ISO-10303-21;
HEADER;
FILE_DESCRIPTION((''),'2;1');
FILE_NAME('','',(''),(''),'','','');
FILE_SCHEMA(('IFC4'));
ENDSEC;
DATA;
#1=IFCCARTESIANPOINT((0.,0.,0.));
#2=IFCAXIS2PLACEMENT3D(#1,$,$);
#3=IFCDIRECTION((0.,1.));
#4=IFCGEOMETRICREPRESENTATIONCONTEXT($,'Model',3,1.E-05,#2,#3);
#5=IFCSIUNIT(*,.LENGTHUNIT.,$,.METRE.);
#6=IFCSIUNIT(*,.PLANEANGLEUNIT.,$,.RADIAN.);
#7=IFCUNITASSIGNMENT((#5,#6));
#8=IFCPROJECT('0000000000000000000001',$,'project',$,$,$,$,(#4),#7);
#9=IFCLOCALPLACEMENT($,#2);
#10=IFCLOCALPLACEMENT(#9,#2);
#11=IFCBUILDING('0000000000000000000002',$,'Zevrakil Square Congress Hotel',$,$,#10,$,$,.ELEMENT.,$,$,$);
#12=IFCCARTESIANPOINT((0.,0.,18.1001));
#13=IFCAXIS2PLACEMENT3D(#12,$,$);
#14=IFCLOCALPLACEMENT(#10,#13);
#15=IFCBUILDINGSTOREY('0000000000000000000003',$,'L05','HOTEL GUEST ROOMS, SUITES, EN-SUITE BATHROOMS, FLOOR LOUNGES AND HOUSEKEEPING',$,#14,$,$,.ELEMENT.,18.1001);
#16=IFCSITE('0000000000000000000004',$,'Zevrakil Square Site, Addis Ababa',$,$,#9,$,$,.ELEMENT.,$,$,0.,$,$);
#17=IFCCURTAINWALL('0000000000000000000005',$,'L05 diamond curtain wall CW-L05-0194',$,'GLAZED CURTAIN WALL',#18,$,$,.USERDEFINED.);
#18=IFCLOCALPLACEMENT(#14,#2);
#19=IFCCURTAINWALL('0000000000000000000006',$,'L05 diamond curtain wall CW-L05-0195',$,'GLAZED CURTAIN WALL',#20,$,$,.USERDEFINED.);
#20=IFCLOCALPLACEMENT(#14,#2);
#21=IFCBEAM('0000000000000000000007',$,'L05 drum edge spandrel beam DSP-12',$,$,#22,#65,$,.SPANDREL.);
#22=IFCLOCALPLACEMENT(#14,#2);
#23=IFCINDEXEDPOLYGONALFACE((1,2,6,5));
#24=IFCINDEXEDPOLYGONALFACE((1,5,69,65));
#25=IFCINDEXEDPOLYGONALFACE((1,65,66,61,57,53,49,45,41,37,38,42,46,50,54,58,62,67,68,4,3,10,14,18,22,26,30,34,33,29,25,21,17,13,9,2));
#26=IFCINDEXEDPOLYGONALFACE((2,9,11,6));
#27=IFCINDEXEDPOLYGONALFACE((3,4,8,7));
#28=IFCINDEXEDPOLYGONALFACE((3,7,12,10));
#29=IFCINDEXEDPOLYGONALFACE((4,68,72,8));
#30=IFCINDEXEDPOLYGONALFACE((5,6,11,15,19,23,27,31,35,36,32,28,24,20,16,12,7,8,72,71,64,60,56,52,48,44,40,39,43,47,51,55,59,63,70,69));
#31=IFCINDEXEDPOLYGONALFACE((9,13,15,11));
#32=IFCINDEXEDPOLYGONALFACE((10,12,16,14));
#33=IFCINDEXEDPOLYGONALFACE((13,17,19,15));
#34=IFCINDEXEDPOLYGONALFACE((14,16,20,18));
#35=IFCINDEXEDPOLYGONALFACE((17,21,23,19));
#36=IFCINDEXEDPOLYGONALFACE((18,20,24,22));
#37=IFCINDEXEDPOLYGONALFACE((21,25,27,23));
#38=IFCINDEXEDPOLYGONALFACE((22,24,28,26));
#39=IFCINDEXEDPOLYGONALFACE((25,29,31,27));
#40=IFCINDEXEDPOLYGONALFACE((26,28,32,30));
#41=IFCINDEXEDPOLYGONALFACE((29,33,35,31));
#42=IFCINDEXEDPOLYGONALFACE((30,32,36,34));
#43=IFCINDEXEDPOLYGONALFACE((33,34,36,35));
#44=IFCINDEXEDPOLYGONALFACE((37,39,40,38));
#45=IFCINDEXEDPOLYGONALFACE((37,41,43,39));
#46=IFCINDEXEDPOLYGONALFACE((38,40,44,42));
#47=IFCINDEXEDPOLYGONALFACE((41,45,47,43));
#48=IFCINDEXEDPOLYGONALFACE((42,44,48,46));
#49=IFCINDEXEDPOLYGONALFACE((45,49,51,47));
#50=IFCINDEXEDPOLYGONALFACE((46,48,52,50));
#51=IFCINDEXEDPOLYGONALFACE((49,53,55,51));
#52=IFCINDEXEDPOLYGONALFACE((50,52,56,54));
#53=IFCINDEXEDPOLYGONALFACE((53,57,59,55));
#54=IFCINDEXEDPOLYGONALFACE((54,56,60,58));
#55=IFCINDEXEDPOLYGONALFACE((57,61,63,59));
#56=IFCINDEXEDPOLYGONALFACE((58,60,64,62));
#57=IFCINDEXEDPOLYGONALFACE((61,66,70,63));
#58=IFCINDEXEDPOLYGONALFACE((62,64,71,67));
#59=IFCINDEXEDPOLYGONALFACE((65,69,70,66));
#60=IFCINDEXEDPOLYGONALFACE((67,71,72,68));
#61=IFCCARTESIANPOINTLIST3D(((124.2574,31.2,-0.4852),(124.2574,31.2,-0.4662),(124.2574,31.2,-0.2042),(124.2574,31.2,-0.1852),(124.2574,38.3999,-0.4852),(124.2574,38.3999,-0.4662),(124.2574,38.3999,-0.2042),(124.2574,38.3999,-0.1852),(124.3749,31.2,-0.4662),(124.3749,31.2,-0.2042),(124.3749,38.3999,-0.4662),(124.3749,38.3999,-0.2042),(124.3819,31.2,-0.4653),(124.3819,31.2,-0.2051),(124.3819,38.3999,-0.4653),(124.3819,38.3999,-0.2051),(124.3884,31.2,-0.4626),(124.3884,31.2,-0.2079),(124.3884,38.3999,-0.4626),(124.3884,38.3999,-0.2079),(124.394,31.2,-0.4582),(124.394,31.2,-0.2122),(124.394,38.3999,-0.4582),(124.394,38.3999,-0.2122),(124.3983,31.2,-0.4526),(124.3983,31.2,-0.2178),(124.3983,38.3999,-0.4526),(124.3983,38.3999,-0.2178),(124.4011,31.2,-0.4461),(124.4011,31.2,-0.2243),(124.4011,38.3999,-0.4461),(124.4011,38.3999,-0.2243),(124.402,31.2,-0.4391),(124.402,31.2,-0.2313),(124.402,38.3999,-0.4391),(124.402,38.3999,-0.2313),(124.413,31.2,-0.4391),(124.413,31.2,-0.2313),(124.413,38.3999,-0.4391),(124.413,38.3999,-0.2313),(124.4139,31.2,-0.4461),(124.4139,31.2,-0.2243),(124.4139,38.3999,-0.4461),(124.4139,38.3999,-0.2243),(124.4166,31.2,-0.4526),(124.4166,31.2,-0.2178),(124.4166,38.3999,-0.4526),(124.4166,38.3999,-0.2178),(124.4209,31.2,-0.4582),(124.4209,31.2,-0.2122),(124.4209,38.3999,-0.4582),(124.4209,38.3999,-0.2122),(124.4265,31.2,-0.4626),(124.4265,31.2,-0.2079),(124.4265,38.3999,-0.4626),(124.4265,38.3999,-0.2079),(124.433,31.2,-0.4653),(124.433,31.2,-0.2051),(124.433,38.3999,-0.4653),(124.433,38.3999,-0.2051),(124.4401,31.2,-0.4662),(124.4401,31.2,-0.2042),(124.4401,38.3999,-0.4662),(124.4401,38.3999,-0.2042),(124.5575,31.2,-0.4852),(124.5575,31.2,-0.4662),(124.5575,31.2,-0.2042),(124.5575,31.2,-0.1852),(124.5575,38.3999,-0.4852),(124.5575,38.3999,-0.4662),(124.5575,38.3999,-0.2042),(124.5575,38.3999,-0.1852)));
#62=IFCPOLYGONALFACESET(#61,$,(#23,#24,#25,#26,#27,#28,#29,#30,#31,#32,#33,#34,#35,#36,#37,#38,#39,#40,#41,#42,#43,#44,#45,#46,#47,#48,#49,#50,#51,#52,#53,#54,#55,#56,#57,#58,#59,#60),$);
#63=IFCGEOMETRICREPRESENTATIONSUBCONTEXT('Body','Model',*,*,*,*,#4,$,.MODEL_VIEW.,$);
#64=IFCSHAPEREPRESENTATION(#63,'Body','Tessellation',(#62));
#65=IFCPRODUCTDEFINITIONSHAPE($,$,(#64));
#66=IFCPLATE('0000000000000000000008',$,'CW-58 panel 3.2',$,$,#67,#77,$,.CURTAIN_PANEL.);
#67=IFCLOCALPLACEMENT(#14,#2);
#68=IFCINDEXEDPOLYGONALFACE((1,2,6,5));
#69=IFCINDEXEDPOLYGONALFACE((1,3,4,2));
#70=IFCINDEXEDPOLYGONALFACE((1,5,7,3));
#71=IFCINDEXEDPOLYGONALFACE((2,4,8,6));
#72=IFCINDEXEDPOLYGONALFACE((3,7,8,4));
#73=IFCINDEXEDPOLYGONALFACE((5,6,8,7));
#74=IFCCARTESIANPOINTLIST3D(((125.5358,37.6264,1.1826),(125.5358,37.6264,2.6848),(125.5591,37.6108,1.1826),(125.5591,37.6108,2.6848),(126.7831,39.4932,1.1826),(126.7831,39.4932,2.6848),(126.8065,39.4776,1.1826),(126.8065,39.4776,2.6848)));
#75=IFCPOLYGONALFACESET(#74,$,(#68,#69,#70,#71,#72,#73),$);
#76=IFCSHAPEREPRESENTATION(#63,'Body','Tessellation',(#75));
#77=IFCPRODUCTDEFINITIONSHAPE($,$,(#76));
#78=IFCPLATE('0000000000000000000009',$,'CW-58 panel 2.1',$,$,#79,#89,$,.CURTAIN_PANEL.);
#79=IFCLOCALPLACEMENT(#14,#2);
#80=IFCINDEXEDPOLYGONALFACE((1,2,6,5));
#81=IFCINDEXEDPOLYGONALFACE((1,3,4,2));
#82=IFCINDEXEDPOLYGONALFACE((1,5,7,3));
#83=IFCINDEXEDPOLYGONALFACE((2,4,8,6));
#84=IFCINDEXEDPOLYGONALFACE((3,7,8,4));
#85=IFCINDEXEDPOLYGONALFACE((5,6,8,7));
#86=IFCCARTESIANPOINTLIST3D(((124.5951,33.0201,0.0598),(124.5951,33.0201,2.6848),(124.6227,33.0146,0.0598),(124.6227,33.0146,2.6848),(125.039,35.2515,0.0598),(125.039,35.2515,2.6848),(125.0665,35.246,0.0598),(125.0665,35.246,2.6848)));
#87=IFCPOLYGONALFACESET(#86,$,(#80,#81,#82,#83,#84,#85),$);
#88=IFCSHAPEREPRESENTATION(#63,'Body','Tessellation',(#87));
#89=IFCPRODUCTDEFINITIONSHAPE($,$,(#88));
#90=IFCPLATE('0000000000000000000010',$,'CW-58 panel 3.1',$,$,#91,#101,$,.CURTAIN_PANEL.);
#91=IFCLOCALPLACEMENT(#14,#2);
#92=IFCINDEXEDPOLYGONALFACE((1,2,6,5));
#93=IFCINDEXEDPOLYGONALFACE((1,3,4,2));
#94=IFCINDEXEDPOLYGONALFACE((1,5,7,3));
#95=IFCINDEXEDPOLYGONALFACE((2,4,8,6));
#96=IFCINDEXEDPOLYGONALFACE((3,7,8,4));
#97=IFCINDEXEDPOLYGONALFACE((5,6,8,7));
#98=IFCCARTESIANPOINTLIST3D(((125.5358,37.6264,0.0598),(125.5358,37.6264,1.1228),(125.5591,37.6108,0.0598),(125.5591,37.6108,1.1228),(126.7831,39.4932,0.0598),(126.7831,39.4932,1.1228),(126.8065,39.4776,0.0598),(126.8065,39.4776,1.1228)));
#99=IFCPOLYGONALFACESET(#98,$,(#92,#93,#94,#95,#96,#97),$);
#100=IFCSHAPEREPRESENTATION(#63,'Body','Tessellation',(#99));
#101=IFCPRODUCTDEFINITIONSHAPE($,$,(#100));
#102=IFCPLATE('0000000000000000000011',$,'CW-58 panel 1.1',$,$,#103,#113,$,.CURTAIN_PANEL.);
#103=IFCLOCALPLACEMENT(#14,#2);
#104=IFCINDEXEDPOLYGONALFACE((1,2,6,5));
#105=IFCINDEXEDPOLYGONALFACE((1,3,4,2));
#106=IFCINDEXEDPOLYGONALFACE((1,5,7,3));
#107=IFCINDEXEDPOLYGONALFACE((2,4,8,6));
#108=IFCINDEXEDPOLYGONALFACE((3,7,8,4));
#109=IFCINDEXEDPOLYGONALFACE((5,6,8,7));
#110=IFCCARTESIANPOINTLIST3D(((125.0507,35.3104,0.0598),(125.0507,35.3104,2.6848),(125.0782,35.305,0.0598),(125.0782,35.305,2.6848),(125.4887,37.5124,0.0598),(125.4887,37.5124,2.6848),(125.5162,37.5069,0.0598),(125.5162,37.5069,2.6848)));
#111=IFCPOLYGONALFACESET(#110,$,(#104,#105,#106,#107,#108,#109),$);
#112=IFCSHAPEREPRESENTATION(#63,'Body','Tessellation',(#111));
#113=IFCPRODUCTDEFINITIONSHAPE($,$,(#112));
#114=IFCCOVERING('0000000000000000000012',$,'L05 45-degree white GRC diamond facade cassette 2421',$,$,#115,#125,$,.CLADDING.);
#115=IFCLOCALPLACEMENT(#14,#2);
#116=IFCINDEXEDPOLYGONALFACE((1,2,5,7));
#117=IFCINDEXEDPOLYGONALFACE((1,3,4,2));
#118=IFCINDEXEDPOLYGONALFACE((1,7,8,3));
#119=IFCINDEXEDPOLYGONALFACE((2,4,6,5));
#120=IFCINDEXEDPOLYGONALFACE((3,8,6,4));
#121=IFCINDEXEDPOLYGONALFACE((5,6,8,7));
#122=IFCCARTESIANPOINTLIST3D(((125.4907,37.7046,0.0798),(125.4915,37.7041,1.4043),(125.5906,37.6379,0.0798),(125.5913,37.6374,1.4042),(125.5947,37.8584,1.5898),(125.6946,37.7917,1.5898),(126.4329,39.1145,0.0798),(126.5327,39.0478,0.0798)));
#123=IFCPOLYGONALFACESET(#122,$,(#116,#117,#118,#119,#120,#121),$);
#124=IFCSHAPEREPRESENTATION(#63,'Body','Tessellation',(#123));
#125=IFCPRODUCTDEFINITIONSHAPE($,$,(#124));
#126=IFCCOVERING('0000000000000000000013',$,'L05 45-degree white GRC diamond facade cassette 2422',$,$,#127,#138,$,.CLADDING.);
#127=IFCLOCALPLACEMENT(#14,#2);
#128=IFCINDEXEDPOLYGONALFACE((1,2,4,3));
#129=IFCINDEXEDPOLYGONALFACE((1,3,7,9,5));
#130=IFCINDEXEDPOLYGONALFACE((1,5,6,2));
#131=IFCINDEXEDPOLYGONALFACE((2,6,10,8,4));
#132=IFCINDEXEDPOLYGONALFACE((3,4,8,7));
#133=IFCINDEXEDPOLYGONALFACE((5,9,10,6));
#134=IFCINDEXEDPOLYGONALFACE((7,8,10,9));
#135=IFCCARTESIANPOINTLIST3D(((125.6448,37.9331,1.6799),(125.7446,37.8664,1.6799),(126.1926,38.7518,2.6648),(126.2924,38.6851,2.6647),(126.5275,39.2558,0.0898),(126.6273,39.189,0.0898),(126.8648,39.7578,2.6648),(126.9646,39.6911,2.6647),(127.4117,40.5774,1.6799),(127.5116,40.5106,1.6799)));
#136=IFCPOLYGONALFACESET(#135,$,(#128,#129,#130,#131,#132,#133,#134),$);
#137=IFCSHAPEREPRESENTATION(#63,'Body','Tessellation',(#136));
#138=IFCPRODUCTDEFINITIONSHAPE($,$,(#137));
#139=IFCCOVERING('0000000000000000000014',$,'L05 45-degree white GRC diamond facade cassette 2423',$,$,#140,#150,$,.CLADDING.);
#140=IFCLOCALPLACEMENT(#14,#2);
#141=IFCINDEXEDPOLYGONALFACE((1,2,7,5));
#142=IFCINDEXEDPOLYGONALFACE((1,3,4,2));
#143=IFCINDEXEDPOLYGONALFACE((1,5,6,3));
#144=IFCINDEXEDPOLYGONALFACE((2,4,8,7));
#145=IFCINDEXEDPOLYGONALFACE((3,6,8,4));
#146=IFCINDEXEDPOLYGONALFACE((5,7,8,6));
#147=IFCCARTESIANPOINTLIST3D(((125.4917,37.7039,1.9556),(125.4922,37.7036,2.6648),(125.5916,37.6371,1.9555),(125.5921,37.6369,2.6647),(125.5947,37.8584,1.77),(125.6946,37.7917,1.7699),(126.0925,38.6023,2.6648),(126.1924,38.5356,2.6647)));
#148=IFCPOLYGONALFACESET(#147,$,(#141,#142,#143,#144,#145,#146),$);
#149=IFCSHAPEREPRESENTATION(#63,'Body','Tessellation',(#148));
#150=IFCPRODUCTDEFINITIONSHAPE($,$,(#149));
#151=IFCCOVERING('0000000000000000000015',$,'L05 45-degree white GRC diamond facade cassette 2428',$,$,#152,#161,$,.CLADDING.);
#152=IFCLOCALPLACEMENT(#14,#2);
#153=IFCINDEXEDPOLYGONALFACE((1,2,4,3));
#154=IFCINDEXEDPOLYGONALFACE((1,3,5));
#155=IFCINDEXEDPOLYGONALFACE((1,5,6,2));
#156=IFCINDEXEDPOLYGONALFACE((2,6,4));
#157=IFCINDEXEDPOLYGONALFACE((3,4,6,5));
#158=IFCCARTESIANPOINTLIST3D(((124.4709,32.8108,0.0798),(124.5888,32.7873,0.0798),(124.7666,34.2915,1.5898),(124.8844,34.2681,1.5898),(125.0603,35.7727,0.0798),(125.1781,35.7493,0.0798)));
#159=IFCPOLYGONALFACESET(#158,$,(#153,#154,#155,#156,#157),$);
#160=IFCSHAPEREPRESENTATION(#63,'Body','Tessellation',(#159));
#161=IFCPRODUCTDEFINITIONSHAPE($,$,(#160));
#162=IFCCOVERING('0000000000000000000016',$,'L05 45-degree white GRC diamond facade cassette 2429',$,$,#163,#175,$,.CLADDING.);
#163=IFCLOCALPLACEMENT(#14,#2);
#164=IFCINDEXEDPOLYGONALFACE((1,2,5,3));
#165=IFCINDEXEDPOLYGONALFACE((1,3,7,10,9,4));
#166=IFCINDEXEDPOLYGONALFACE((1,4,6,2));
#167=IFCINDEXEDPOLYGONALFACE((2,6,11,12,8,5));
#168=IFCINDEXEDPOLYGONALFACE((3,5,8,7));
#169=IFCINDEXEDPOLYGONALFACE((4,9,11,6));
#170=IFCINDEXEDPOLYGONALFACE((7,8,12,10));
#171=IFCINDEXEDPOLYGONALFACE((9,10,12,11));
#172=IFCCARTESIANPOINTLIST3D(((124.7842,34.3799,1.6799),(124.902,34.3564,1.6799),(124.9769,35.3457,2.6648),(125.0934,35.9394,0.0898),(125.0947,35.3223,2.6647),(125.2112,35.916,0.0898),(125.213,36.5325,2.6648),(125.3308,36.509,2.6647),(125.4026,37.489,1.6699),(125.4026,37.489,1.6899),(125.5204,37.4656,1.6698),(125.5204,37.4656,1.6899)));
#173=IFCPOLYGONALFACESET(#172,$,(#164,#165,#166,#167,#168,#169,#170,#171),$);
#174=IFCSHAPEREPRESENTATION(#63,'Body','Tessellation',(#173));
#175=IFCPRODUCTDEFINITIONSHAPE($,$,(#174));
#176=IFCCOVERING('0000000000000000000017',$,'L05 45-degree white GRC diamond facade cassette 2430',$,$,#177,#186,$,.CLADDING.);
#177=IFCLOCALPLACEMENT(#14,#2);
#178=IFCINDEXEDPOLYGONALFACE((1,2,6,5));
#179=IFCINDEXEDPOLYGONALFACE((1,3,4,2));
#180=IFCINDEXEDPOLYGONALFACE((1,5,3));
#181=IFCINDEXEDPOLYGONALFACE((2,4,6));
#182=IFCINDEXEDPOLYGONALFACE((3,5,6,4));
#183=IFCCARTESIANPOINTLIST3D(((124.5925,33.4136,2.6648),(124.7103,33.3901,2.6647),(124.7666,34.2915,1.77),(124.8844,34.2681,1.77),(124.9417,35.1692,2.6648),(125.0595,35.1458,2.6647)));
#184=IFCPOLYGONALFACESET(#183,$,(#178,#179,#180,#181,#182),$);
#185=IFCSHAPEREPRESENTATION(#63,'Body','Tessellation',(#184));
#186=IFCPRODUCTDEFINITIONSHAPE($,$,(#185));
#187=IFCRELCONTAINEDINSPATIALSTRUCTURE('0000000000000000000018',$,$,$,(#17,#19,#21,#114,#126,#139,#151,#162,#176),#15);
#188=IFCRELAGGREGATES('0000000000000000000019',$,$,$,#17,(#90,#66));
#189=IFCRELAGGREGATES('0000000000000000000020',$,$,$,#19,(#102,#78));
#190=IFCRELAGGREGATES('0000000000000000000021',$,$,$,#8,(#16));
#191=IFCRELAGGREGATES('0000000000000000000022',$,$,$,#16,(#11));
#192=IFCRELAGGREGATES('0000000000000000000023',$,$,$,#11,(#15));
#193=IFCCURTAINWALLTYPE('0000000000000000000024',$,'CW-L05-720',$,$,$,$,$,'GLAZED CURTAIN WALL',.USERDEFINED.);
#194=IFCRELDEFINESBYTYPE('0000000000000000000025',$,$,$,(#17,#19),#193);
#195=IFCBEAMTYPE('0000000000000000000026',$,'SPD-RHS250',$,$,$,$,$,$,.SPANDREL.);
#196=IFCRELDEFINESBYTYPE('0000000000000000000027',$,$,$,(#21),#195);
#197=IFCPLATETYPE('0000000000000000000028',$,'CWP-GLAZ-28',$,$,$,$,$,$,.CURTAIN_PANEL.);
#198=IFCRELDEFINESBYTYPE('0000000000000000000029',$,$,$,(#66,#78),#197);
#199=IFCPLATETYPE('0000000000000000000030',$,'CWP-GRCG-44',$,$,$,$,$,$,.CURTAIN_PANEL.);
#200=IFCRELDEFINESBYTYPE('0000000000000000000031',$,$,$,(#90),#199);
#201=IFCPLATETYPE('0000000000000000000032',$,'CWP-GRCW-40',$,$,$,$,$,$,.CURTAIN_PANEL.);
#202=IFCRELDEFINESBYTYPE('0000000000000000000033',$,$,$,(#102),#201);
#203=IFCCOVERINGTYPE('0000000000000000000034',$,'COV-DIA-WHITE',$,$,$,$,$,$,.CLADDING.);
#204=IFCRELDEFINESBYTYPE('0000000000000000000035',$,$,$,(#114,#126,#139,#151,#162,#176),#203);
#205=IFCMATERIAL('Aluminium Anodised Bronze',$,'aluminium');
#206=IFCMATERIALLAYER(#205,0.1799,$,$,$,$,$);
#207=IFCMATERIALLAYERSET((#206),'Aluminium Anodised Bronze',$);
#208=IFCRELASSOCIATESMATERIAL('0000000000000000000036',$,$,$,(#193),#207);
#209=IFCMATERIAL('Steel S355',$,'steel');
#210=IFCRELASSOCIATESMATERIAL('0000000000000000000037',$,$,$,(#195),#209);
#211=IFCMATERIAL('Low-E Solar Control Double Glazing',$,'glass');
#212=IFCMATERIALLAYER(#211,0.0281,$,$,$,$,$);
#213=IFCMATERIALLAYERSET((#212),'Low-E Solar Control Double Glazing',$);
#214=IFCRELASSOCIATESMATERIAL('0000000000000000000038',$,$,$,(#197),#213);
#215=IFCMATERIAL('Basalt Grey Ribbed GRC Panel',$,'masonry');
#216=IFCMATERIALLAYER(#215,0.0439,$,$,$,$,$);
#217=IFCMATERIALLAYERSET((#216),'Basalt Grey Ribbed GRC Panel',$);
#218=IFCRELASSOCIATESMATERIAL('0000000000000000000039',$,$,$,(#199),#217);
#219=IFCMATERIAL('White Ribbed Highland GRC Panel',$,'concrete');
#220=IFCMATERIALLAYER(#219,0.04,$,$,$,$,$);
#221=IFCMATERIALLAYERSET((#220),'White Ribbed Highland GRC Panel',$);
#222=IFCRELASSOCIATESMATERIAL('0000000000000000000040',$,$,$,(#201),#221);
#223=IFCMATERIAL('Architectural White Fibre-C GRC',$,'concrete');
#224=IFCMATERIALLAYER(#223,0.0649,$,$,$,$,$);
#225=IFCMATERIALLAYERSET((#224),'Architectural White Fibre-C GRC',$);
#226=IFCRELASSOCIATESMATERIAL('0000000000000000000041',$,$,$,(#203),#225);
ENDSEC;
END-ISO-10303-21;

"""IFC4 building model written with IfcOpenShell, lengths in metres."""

from ifc_helpers import new_model, si_unit, direction, frame, origin, origin_2d, place, context, subcontext, project, spatial, polyline, rectangle, i_section, outline, extrude, material, layer, layer_set, material_profile, profile_set, type_object, element, aggregate, save


model = new_model("IFC4")

# Units and contexts
model_context = context("Model", 3, precision=1e-05, world=origin(), true_north=direction((0.0, 1.0)))
body_context = subcontext(model_context, "Body", "Model", "MODEL_VIEW")
ifc_project = project(units=[si_unit("LENGTHUNIT", "METRE"), si_unit("PLANEANGLEUNIT", "RADIAN")], contexts=[model_context])

# Site, building, storey
site_placement = place(None, origin())
site = spatial("IfcSite", under=ifc_project, at=site_placement, Name="Zevrakil Square Site, Addis Ababa", CompositionType="ELEMENT", RefElevation=0.0)
building_placement = place(site_placement, origin())
building = spatial("IfcBuilding", under=site, at=building_placement, Name="Zevrakil Square Congress Hotel", CompositionType="ELEMENT")
storey_placement = place(building_placement, frame((0.0, 0.0, 18.1001)))
storey = spatial("IfcBuildingStorey", under=building, at=storey_placement, Name="L05", Description="HOTEL GUEST ROOMS, SUITES, EN-SUITE BATHROOMS, FLOOR LOUNGES AND HOUSEKEEPING", CompositionType="ELEMENT", Elevation=18.1001)

# Curtain walls
ifc_material_1 = material(Name="Aluminium Anodised Bronze", Category="aluminium")
ifc_layer_1 = layer(ifc_material_1, 0.1799)
ifc_layer_set_1 = layer_set([ifc_layer_1], Name="Aluminium Anodised Bronze")
curtain_wall_type = type_object("IfcCurtainWallType", Name="CW-L05-720", ElementType="GLAZED CURTAIN WALL", PredefinedType="USERDEFINED", material=ifc_layer_set_1)
curtain_wall_1_placement = place(storey_placement, origin())
curtain_wall_1 = element("IfcCurtainWall", 1, at=curtain_wall_1_placement, inside=storey, type_object=curtain_wall_type, Name="L05 diamond curtain wall CW-L05-0194", ObjectType="GLAZED CURTAIN WALL", PredefinedType="USERDEFINED")
curtain_wall_2_placement = place(storey_placement, origin())
curtain_wall_2 = element("IfcCurtainWall", 2, at=curtain_wall_2_placement, inside=storey, type_object=curtain_wall_type, Name="L05 diamond curtain wall CW-L05-0195", ObjectType="GLAZED CURTAIN WALL", PredefinedType="USERDEFINED")

# Beam
ifc_material_2 = material(Name="Steel S355", Category="steel")
ifc_material_profile_1 = material_profile(ifc_material_2, i_section(OverallWidth=0.3, OverallDepth=0.3, WebThickness=0.011, FlangeThickness=0.019, FilletRadius=0.0271, at=origin_2d()), Name="HEB 300")
ifc_profile_set_1 = profile_set([ifc_material_profile_1], Name="Steel S355")
beam_type_1 = type_object("IfcBeamType", Name="SPD-RHS250", PredefinedType="SPANDREL", material=ifc_profile_set_1)
beam_placement = place(storey_placement, frame((124.4075, 38.3999, -0.3352), z_axis=(0.0, -1.0, 0.0), x_axis=(1.0, 0.0, 0.0)))
element("IfcBeam", 3, at=beam_placement, inside=storey, type_object=beam_type_1, Name="L05 drum edge spandrel beam DSP-12", PredefinedType="SPANDREL", context=body_context, shape_type="SweptSolid", body=[
    extrude(i_section(OverallWidth=0.3, OverallDepth=0.3, WebThickness=0.011, FlangeThickness=0.019, FilletRadius=0.0271, at=origin_2d()), origin(), (0.0, 0.0, 1.0), 7.2),
])

# Plates
ifc_material_3 = material(Name="Low-E Solar Control Double Glazing", Category="glass")
ifc_layer_2 = layer(ifc_material_3, 0.0281)
ifc_layer_set_2 = layer_set([ifc_layer_2], Name="Low-E Solar Control Double Glazing")
plate_type_1 = type_object("IfcPlateType", Name="CWP-GLAZ-28", PredefinedType="CURTAIN_PANEL", material=ifc_layer_set_2)
plate_1_placement = place(storey_placement, frame((126.1711, 38.552, 1.1826), z_axis=(0.0, 0.0, 1.0), x_axis=(-0.555576, -0.831466, 0.0)))
plate_1 = element("IfcPlate", 4, at=plate_1_placement, type_object=plate_type_1, Name="CW-58 panel 3.2", PredefinedType="CURTAIN_PANEL", context=body_context, shape_type="SweptSolid", body=[
    extrude(rectangle(XDim=2.2451, YDim=0.0281, at=origin_2d()), origin(), (0.0, 0.0, 1.0), 1.5022),
])
plate_2_placement = place(storey_placement, frame((124.8308, 34.1331, 0.0598), z_axis=(0.0, 0.0, 1.0), x_axis=(-0.195084, -0.980787, 0.0)))
plate_2 = element("IfcPlate", 5, at=plate_2_placement, type_object=plate_type_1, Name="CW-58 panel 2.1", PredefinedType="CURTAIN_PANEL", context=body_context, shape_type="SweptSolid", body=[
    extrude(rectangle(XDim=2.2751, YDim=0.0281, at=origin_2d()), origin(), (0.0, 0.0, 1.0), 2.625),
])
ifc_material_4 = material(Name="Basalt Grey Ribbed GRC Panel", Category="masonry")
ifc_layer_3 = layer(ifc_material_4, 0.0439)
ifc_layer_set_3 = layer_set([ifc_layer_3], Name="Basalt Grey Ribbed GRC Panel")
plate_type_2 = type_object("IfcPlateType", Name="CWP-GRCG-44", PredefinedType="CURTAIN_PANEL", material=ifc_layer_set_3)
plate_3_placement = place(storey_placement, frame((126.1711, 38.552, 0.0598), z_axis=(0.0, 0.0, 1.0), x_axis=(-0.555576, -0.831466, 0.0)))
plate_3 = element("IfcPlate", 6, at=plate_3_placement, type_object=plate_type_2, Name="CW-58 panel 3.1", PredefinedType="CURTAIN_PANEL", context=body_context, shape_type="SweptSolid", body=[
    extrude(rectangle(XDim=2.2451, YDim=0.0281, at=origin_2d()), origin(), (0.0, 0.0, 1.0), 1.063),
])
aggregate(curtain_wall_1, [plate_3, plate_1])
ifc_material_5 = material(Name="White Ribbed Highland GRC Panel", Category="concrete")
ifc_layer_4 = layer(ifc_material_5, 0.04)
ifc_layer_set_4 = layer_set([ifc_layer_4], Name="White Ribbed Highland GRC Panel")
plate_type_3 = type_object("IfcPlateType", Name="CWP-GRCW-40", PredefinedType="CURTAIN_PANEL", material=ifc_layer_set_4)
plate_4_placement = place(storey_placement, frame((125.2834, 36.4087, 0.0598), z_axis=(0.0, 0.0, 1.0), x_axis=(-0.195084, -0.980787, 0.0)))
plate_4 = element("IfcPlate", 7, at=plate_4_placement, type_object=plate_type_3, Name="CW-58 panel 1.1", PredefinedType="CURTAIN_PANEL", context=body_context, shape_type="SweptSolid", body=[
    extrude(rectangle(XDim=2.2451, YDim=0.0281, at=origin_2d()), origin(), (0.0, 0.0, 1.0), 2.625),
])
aggregate(curtain_wall_2, [plate_4, plate_2])

# Coverings
ifc_material_6 = material(Name="Architectural White Fibre-C GRC", Category="concrete")
ifc_layer_5 = layer(ifc_material_6, 0.0649)
ifc_layer_set_5 = layer_set([ifc_layer_5], Name="Architectural White Fibre-C GRC")
covering_type_1 = type_object("IfcCoveringType", Name="COV-DIA-WHITE", PredefinedType="CLADDING", material=ifc_layer_set_5)
covering_1_placement = place(storey_placement, frame((125.5947, 37.8584, 1.5898), z_axis=(-0.831448, 0.555603, 0.000674), x_axis=(-0.393394, -0.587849, -0.706876)))
element("IfcCovering", 8, at=covering_1_placement, inside=storey, type_object=covering_type_1, Name="L05 45-degree white GRC diamond facade cassette 2421", PredefinedType="CLADDING", context=body_context, shape_type="SweptSolid", body=[
    extrude(outline(polyline([(0.0, 0.0), (0.2625, 0.0), (1.1987, -0.9368), (-0.0007, -2.1355), (0.0, 0.0)])), origin(), (0.0, 0.0, -1.0), 0.1201),
])
covering_2_placement = place(storey_placement, frame((125.6448, 37.9331, 1.6799), z_axis=(-0.831458, 0.555588, 0.000594), x_axis=(0.39252, 0.588176, -0.707091)))
element("IfcCovering", 9, at=covering_2_placement, inside=storey, type_object=covering_type_1, Name="L05 45-degree white GRC diamond facade cassette 2422", PredefinedType="CLADDING", context=body_context, shape_type="SweptSolid", body=[
    extrude(outline(polyline([(0.0, 0.0), (2.2488, 0.0), (2.2488, -2.2487), (0.8557, -2.2485), (0.0002, -1.393), (0.0, 0.0)])), origin(), (0.0, 0.0, -1.0), 0.1201),
])
covering_3_placement = place(storey_placement, frame((125.5947, 37.8584, 1.77), z_axis=(-0.83154, 0.555464, 0.000796), x_axis=(0.39331, 0.587779, 0.706982)))
element("IfcCovering", 10, at=covering_3_placement, inside=storey, type_object=covering_type_1, Name="L05 45-degree white GRC diamond facade cassette 2423", PredefinedType="CLADDING", context=body_context, shape_type="SweptSolid", body=[
    extrude(outline(polyline([(0.0, 0.0), (1.2656, 0.0), (0.5013, -0.7641), (-0.0002, -0.2625), (0.0, 0.0)])), origin(), (0.0, 0.0, -1.0), 0.1201),
])
covering_4_placement = place(storey_placement, frame((124.7666, 34.2915, 1.5898), z_axis=(-0.980773, 0.195152, 0.000666), x_axis=(-0.138452, -0.693403, -0.707123)))
element("IfcCovering", 11, at=covering_4_placement, inside=storey, type_object=covering_type_1, Name="L05 45-degree white GRC diamond facade cassette 2428", PredefinedType="CLADDING", context=body_context, shape_type="SweptSolid", body=[
    extrude(outline(polyline([(0.0, 0.0), (2.1354, 0.0), (0.0, -2.1355), (0.0, 0.0)])), origin(), (0.0, 0.0, -1.0), 0.1201),
])
covering_5_placement = place(storey_placement, frame((124.7842, 34.3799, 1.6799), z_axis=(-0.980786, 0.195083, 0.000619), x_axis=(0.137508, 0.693566, -0.707148)))
element("IfcCovering", 12, at=covering_5_placement, inside=storey, type_object=covering_type_1, Name="L05 45-degree white GRC diamond facade cassette 2429", PredefinedType="CLADDING", context=body_context, shape_type="SweptSolid", body=[
    extrude(outline(polyline([(0.0, 0.0), (2.2486, 0.0), (2.2485, -2.2346), (2.2343, -2.2488), (0.8555, -2.2485), (-0.0001, -1.3928), (0.0, 0.0)])), origin(), (0.0, 0.0, -1.0), 0.1201),
])
covering_6_placement = place(storey_placement, frame((124.7666, 34.2915, 1.77), z_axis=(-0.980795, 0.195041, 0.000562), x_axis=(0.138319, 0.693525, 0.707029)))
element("IfcCovering", 13, at=covering_6_placement, inside=storey, type_object=covering_type_1, Name="L05 45-degree white GRC diamond facade cassette 2430", PredefinedType="CLADDING", context=body_context, shape_type="SweptSolid", body=[
    extrude(outline(polyline([(0.0, 0.0), (1.2655, 0.0), (-0.0003, -1.2656), (0.0, 0.0)])), origin(), (0.0, 0.0, -1.0), 0.1201),
])

save(model, "model.ifc")
